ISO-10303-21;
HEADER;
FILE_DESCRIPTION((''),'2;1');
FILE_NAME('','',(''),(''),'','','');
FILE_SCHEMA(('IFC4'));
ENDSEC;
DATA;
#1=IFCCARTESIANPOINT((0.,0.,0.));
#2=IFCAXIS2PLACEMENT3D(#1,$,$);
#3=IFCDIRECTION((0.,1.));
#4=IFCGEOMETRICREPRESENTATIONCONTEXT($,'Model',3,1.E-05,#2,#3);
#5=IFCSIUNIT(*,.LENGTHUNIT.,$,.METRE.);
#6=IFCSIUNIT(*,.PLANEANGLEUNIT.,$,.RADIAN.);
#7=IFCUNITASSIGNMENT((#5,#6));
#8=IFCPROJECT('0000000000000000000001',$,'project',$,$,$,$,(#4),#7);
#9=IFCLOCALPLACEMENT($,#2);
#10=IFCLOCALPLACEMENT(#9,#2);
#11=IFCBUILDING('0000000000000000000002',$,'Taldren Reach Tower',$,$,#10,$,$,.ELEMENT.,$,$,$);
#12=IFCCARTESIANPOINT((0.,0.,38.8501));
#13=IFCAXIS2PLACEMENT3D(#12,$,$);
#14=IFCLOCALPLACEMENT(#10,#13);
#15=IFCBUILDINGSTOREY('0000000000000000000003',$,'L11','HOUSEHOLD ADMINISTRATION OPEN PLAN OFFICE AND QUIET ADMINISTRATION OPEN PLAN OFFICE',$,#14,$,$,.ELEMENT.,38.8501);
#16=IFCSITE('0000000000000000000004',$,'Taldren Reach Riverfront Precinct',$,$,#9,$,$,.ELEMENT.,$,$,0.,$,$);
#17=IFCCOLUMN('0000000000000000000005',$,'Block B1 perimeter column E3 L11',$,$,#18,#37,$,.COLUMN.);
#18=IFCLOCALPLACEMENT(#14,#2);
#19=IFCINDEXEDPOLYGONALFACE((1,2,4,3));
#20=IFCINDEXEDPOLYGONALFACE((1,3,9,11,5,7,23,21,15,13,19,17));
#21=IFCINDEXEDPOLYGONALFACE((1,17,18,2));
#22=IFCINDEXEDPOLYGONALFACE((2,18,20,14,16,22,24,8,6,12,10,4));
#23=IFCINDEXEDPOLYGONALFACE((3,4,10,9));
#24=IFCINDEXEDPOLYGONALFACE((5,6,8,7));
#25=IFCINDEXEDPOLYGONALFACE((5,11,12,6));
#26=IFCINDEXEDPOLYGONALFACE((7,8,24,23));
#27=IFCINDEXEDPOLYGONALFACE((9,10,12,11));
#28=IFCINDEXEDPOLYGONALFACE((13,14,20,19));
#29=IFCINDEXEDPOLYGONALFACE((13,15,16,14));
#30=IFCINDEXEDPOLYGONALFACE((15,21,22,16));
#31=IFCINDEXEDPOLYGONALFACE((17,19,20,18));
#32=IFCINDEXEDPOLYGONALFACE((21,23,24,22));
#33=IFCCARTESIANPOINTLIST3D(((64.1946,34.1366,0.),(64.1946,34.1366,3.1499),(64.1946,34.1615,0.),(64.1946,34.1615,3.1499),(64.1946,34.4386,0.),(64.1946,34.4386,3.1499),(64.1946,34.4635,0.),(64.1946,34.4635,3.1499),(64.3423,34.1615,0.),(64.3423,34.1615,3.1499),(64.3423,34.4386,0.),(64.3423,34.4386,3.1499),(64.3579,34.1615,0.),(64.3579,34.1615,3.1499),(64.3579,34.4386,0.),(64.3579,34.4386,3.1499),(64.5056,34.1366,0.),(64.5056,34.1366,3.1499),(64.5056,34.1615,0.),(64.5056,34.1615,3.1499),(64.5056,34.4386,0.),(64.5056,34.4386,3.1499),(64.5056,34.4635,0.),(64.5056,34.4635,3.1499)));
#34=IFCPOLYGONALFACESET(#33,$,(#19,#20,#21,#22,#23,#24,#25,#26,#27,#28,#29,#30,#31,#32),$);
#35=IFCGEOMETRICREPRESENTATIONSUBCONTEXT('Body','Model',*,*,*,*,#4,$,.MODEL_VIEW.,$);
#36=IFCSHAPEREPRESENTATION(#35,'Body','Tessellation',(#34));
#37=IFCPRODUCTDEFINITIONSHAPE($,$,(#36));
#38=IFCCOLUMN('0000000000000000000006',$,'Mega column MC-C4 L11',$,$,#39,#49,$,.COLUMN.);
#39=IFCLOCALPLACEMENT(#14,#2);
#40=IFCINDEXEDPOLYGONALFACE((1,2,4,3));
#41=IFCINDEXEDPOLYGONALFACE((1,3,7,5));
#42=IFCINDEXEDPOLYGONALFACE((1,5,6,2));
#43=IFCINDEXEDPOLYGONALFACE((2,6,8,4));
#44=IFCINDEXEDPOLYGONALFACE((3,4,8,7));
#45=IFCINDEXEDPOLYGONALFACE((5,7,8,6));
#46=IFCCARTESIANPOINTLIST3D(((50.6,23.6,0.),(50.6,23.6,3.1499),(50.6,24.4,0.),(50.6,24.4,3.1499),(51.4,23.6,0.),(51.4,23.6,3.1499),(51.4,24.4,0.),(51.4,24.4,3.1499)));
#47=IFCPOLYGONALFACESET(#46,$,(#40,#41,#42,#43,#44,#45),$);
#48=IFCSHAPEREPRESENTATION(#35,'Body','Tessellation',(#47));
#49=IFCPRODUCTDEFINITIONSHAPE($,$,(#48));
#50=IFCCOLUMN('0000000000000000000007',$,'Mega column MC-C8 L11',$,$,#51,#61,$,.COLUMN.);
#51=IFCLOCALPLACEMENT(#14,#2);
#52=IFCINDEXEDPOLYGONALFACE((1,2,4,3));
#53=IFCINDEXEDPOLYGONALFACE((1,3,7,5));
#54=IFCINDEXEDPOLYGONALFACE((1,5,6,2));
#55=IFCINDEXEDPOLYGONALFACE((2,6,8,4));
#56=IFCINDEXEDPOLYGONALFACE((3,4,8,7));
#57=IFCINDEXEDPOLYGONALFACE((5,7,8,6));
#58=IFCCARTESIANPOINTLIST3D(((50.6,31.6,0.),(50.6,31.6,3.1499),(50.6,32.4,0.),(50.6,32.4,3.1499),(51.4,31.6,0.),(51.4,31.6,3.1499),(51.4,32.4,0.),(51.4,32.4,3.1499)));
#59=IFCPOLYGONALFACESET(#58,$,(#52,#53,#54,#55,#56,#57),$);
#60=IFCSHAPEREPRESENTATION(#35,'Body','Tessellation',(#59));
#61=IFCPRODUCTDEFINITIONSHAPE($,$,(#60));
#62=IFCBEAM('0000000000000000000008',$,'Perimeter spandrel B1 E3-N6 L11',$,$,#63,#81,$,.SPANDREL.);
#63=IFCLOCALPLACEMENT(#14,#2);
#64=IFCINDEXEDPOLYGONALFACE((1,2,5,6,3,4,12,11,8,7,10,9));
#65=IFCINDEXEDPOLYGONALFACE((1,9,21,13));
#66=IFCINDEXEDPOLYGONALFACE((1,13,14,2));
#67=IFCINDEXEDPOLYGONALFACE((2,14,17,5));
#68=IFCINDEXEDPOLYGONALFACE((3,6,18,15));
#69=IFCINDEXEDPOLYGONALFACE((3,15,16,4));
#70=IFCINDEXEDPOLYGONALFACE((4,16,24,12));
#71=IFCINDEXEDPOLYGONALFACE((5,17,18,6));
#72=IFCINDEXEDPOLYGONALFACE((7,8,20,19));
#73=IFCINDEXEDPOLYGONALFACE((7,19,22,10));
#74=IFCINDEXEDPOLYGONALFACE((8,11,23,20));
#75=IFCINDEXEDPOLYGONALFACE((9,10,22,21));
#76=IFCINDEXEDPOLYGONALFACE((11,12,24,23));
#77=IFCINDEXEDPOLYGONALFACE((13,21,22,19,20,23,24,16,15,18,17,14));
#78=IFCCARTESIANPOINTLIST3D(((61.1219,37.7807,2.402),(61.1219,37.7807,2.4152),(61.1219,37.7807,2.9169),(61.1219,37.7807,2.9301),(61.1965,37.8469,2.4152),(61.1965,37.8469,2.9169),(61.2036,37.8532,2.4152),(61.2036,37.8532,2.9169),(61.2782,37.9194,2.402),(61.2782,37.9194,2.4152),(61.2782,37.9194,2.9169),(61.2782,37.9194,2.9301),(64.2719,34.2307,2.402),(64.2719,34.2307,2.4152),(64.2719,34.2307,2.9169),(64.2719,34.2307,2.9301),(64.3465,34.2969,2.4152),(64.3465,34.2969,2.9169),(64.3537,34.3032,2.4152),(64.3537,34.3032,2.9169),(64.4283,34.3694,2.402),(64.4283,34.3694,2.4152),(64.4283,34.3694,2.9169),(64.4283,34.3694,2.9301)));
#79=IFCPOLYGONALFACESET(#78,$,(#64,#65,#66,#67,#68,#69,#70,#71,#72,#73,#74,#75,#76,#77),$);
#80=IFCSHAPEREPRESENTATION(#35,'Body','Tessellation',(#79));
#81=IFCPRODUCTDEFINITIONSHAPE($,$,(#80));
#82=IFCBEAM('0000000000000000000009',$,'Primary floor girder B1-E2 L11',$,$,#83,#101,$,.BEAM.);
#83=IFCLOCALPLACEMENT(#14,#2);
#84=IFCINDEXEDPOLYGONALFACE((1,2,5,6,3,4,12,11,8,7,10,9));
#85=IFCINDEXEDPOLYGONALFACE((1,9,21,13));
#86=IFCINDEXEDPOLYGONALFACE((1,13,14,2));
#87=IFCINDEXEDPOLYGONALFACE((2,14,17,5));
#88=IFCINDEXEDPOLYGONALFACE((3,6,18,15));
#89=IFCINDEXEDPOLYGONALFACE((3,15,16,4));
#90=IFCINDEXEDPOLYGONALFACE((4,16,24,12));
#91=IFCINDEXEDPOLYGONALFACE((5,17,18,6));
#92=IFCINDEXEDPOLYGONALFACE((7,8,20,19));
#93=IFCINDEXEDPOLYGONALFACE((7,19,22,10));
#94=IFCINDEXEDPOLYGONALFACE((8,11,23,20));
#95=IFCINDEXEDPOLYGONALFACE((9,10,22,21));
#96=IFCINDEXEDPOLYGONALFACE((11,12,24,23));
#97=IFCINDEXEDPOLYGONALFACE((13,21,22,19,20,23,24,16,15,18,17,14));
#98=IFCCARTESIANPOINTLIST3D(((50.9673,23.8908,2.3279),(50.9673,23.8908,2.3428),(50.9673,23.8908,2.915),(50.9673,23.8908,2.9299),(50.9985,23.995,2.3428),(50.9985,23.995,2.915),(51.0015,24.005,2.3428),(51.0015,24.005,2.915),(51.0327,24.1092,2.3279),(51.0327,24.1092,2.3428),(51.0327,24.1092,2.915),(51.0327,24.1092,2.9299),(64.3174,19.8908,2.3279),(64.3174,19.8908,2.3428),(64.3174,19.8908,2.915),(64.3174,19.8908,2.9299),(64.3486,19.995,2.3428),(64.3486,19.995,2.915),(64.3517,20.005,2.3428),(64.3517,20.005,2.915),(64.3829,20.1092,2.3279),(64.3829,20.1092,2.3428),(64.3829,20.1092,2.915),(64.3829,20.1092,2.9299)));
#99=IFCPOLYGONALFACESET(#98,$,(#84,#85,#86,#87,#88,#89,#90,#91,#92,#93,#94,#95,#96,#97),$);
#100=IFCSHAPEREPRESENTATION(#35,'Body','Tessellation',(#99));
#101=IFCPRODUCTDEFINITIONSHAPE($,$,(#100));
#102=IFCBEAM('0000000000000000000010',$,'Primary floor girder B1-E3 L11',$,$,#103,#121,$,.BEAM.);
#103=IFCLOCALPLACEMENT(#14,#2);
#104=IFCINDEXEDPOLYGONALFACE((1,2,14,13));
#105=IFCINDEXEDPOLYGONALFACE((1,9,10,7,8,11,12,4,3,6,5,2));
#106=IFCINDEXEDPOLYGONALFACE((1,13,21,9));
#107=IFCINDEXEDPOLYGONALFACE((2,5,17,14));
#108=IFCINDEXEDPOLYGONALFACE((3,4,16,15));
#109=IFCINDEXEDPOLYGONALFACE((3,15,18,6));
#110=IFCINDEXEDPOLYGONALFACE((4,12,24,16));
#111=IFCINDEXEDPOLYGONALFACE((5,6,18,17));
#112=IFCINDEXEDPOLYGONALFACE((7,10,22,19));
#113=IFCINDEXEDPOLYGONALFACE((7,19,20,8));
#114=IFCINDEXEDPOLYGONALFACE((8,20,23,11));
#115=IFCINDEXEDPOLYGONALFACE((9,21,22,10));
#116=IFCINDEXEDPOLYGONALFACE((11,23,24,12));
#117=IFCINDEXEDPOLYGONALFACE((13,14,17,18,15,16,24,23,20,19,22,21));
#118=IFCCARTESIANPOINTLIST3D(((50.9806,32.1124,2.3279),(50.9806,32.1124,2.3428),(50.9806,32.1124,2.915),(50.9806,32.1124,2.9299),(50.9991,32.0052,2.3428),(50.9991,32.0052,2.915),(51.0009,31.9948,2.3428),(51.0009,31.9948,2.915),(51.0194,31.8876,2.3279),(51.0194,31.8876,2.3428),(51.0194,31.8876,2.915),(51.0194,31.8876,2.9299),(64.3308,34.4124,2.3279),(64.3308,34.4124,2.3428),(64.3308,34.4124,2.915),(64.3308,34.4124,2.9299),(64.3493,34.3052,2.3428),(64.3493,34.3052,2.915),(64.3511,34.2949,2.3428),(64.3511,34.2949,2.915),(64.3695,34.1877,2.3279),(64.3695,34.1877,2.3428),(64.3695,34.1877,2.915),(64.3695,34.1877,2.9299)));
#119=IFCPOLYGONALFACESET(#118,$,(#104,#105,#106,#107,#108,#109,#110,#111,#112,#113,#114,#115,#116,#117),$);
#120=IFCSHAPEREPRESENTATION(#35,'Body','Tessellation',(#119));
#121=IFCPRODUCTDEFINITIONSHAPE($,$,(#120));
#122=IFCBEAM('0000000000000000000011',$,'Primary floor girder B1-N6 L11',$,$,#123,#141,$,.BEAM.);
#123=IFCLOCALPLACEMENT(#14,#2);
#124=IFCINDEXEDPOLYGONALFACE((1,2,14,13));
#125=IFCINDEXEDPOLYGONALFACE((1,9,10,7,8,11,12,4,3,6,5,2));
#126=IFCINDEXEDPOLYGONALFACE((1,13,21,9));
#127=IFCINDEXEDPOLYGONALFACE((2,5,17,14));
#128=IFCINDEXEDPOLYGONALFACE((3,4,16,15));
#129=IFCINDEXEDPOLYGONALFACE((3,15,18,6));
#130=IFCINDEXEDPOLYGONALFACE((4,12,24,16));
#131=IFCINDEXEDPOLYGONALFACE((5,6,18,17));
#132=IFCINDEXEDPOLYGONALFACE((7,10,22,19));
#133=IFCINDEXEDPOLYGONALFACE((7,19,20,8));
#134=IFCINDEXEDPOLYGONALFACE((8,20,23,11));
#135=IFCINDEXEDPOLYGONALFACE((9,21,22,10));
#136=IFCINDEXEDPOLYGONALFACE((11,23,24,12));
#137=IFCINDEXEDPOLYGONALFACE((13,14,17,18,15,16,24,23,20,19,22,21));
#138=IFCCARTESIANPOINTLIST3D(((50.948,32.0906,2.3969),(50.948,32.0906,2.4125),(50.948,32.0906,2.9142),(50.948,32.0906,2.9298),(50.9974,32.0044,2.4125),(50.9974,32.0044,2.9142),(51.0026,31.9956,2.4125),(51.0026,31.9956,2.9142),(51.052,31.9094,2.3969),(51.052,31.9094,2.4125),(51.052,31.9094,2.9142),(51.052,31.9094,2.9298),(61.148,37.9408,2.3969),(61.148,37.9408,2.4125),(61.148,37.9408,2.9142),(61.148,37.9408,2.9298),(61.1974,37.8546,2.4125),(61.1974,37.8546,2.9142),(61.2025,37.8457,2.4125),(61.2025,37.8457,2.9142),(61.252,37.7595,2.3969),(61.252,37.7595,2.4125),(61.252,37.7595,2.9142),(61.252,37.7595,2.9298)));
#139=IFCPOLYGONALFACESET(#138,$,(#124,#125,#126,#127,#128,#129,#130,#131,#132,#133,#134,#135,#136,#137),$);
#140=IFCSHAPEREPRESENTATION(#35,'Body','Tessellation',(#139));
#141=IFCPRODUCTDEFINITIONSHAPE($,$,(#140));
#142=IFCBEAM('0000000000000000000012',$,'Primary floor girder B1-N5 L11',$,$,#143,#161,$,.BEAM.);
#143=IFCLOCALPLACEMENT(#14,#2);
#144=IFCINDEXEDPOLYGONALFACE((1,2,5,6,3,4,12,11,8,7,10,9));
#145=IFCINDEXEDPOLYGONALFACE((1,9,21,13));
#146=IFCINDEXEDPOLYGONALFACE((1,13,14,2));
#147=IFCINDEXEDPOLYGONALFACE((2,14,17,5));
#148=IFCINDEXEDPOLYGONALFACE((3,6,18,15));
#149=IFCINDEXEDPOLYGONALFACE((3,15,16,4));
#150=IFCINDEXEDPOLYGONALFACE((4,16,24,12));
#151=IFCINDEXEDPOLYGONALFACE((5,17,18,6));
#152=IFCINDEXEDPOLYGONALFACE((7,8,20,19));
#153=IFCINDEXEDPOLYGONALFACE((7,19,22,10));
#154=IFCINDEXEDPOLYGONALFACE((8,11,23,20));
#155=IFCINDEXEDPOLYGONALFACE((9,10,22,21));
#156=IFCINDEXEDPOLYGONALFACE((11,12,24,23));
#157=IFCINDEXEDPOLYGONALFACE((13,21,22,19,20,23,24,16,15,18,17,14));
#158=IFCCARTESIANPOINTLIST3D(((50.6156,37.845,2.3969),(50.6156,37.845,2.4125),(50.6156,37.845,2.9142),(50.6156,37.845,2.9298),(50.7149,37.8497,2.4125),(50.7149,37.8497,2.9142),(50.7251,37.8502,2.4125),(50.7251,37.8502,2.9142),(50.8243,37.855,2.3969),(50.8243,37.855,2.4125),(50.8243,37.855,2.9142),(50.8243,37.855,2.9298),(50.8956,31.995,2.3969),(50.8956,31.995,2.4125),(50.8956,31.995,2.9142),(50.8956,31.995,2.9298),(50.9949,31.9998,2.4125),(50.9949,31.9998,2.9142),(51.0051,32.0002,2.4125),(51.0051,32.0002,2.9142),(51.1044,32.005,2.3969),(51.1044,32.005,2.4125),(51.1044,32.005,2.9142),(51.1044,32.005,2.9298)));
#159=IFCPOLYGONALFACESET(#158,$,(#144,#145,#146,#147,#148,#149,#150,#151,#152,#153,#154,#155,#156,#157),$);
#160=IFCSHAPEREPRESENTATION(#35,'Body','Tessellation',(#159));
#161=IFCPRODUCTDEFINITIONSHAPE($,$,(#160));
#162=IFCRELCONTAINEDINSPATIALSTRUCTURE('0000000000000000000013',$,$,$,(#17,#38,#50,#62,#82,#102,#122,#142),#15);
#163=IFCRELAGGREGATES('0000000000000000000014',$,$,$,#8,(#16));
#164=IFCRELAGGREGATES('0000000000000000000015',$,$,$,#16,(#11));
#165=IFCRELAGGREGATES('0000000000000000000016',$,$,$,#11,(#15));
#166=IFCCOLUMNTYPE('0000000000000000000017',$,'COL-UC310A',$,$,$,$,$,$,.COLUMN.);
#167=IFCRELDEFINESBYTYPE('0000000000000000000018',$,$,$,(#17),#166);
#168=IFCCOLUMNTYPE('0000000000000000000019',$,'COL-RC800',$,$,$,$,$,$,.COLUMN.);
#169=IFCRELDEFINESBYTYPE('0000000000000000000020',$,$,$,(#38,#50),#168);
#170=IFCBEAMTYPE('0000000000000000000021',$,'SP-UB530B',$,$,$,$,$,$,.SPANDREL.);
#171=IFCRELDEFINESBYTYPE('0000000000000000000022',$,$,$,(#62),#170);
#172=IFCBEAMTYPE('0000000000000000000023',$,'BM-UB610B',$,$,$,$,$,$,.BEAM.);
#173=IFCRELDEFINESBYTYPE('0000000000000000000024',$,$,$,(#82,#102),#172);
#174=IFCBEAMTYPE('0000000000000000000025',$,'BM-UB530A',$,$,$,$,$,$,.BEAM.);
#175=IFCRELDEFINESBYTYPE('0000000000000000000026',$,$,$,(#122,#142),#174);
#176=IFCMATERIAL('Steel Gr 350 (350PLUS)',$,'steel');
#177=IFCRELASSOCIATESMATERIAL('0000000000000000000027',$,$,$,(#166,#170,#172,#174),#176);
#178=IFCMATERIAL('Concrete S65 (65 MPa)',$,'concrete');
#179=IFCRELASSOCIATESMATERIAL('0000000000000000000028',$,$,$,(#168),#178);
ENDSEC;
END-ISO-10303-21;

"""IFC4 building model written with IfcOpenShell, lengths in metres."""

from ifc_helpers import new_model, si_unit, direction, frame, origin, origin_2d, place, context, subcontext, project, spatial, rectangle, i_section, extrude, source, transform, mapped, material, material_profile, profile_set, type_object, element, save


model = new_model("IFC4")

# Units and contexts
model_context = context("Model", 3, precision=1e-05, world=origin(), true_north=direction((0.0, 1.0)))
body_context = subcontext(model_context, "Body", "Model", "MODEL_VIEW")
ifc_project = project(units=[si_unit("LENGTHUNIT", "METRE"), si_unit("PLANEANGLEUNIT", "RADIAN")], contexts=[model_context])

# Site, building, storey
site_placement = place(None, origin())
site = spatial("IfcSite", under=ifc_project, at=site_placement, Name="Taldren Reach Riverfront Precinct", CompositionType="ELEMENT", RefElevation=0.0)
building_placement = place(site_placement, origin())
building = spatial("IfcBuilding", under=site, at=building_placement, Name="Taldren Reach Tower", CompositionType="ELEMENT")
storey_placement = place(building_placement, frame((0.0, 0.0, 38.8501)))
storey = spatial("IfcBuildingStorey", under=building, at=storey_placement, Name="L11", Description="HOUSEHOLD ADMINISTRATION OPEN PLAN OFFICE AND QUIET ADMINISTRATION OPEN PLAN OFFICE", CompositionType="ELEMENT", Elevation=38.8501)

# Columns
ifc_material_1 = material(Name="Steel Gr 350 (350PLUS)", Category="steel")
ifc_material_profile_1 = material_profile(ifc_material_1, i_section(OverallWidth=0.311, OverallDepth=0.3269, WebThickness=0.0156, FlangeThickness=0.0249, at=origin_2d()), Name="310UC158")
ifc_profile_set_1 = profile_set([ifc_material_profile_1], Name="Steel Gr 350 (350PLUS)")
column_type_1 = type_object("IfcColumnType", Name="COL-UC310A", PredefinedType="COLUMN", material=ifc_profile_set_1)
shared_shape_1 = source(origin(), body_context, "Body", "SweptSolid", [
    extrude(i_section(OverallWidth=0.311, OverallDepth=0.3269, WebThickness=0.0156, FlangeThickness=0.0249, at=origin_2d()), origin(), (0.0, 0.0, 1.0), 3.1499),
])
column_placement = place(storey_placement, frame((64.3501, 34.3, 0.0), z_axis=(0.0, 0.0, 1.0), x_axis=(1.0, 0.0, 0.0)))
element("IfcColumn", 1, at=column_placement, inside=storey, type_object=column_type_1, Name="Block B1 perimeter column E3 L11", PredefinedType="COLUMN", context=body_context, shape_type="MappedRepresentation", body=[
    mapped(shared_shape_1, transform((0.0, 0.0, 0.0), scale=1.0)),
])
ifc_material_2 = material(Name="Concrete S65 (65 MPa)", Category="concrete")
ifc_material_profile_2 = material_profile(ifc_material_2, rectangle(XDim=0.8, YDim=0.8, at=origin_2d()), Name="RC-800x800")
ifc_profile_set_2 = profile_set([ifc_material_profile_2], Name="Concrete S65 (65 MPa)")
column_type_2 = type_object("IfcColumnType", Name="COL-RC800", PredefinedType="COLUMN", material=ifc_profile_set_2)
shared_shape_2 = source(origin(), body_context, "Body", "SweptSolid", [
    extrude(rectangle(XDim=0.8, YDim=0.8, at=origin_2d()), origin(), (0.0, 0.0, 1.0), 3.1499),
])
for number, where, z_axis, x_axis, name in (
    (2, (51.0, 24.0, 0.0), (0.0, 0.0, 1.0), (1.0, 0.0, 0.0), "Mega column MC-C4 L11"),
    (3, (51.0, 32.0, 0.0), (0.0, 0.0, 1.0), (1.0, 0.0, 0.0), "Mega column MC-C8 L11"),
):
    element("IfcColumn", number, at=place(storey_placement, frame(where, z_axis=z_axis, x_axis=x_axis)), inside=storey, type_object=column_type_2, Name=name, PredefinedType="COLUMN", context=body_context, shape_type="MappedRepresentation", body=[
        mapped(shared_shape_2, transform((0.0, 0.0, 0.0), scale=1.0)),
    ])

# Beams
ifc_material_profile_3 = material_profile(ifc_material_1, i_section(OverallWidth=0.209, OverallDepth=0.5281, WebThickness=0.0095, FlangeThickness=0.0132, at=origin_2d()), Name="530UB82.0")
ifc_profile_set_3 = profile_set([ifc_material_profile_3], Name="Steel Gr 350 (350PLUS)")
beam_type_1 = type_object("IfcBeamType", Name="SP-UB530B", PredefinedType="SPANDREL", material=ifc_profile_set_3)
shared_shape_3 = source(origin(), body_context, "Body", "SweptSolid", [
    extrude(i_section(OverallWidth=0.209, OverallDepth=0.5281, WebThickness=0.0095, FlangeThickness=0.0132, at=origin_2d()), origin(), (0.0, 0.0, 1.0), 4.7461),
])
beam_1_placement = place(storey_placement, frame((64.3501, 34.3, 2.666), z_axis=(-0.663722, 0.747979, 0.0), x_axis=(-0.747979, -0.663722, 0.0)))
element("IfcBeam", 4, at=beam_1_placement, inside=storey, type_object=beam_type_1, Name="Perimeter spandrel B1 E3-N6 L11", PredefinedType="SPANDREL", context=body_context, shape_type="MappedRepresentation", body=[
    mapped(shared_shape_3, transform((0.0, 0.0, 0.0), scale=1.0)),
])
ifc_material_profile_4 = material_profile(ifc_material_1, i_section(OverallWidth=0.228, OverallDepth=0.6021, WebThickness=0.0105, FlangeThickness=0.0149, at=origin_2d()), Name="610UB101")
ifc_profile_set_4 = profile_set([ifc_material_profile_4], Name="Steel Gr 350 (350PLUS)")
beam_type_2 = type_object("IfcBeamType", Name="BM-UB610B", PredefinedType="BEAM", material=ifc_profile_set_4)
shared_shape_4 = source(origin(), body_context, "Body", "SweptSolid", [
    extrude(i_section(OverallWidth=0.228, OverallDepth=0.6021, WebThickness=0.0105, FlangeThickness=0.0149, at=origin_2d()), origin(), (0.0, 0.0, 1.0), 13.9365),
])
beam_2_placement = place(storey_placement, frame((51.0, 24.0, 2.6289), z_axis=(0.957926, -0.287017, 0.0), x_axis=(0.287017, 0.957926, 0.0)))
element("IfcBeam", 5, at=beam_2_placement, inside=storey, type_object=beam_type_2, Name="Primary floor girder B1-E2 L11", PredefinedType="BEAM", context=body_context, shape_type="MappedRepresentation", body=[
    mapped(shared_shape_4, transform((0.0, 0.0, 0.0), scale=1.0)),
])
shared_shape_5 = source(origin(), body_context, "Body", "SweptSolid", [
    extrude(i_section(OverallWidth=0.228, OverallDepth=0.6021, WebThickness=0.0105, FlangeThickness=0.0149, at=origin_2d()), origin(), (0.0, 0.0, 1.0), 13.5469),
])
beam_3_placement = place(storey_placement, frame((51.0, 32.0, 2.6289), z_axis=(0.985481, 0.169786, 0.0), x_axis=(-0.169786, 0.985481, 0.0)))
element("IfcBeam", 6, at=beam_3_placement, inside=storey, type_object=beam_type_2, Name="Primary floor girder B1-E3 L11", PredefinedType="BEAM", context=body_context, shape_type="MappedRepresentation", body=[
    mapped(shared_shape_5, transform((0.0, 0.0, 0.0), scale=1.0)),
])
ifc_material_profile_5 = material_profile(ifc_material_1, i_section(OverallWidth=0.209, OverallDepth=0.533, WebThickness=0.0103, FlangeThickness=0.0156, at=origin_2d()), Name="530UB92.4")
ifc_profile_set_5 = profile_set([ifc_material_profile_5], Name="Steel Gr 350 (350PLUS)")
beam_type_3 = type_object("IfcBeamType", Name="BM-UB530A", PredefinedType="BEAM", material=ifc_profile_set_5)
shared_shape_6 = source(origin(), body_context, "Body", "SweptSolid", [
    extrude(i_section(OverallWidth=0.209, OverallDepth=0.533, WebThickness=0.0103, FlangeThickness=0.0156, at=origin_2d()), origin(), (0.0, 0.0, 1.0), 11.7585),
])
beam_4_placement = place(storey_placement, frame((51.0, 32.0, 2.6633), z_axis=(0.867452, 0.49752, 0.0), x_axis=(-0.49752, 0.867452, 0.0)))
element("IfcBeam", 7, at=beam_4_placement, inside=storey, type_object=beam_type_3, Name="Primary floor girder B1-N6 L11", PredefinedType="BEAM", context=body_context, shape_type="MappedRepresentation", body=[
    mapped(shared_shape_6, transform((0.0, 0.0, 0.0), scale=1.0)),
])
shared_shape_7 = source(origin(), body_context, "Body", "SweptSolid", [
    extrude(i_section(OverallWidth=0.209, OverallDepth=0.533, WebThickness=0.0103, FlangeThickness=0.0156, at=origin_2d()), origin(), (0.0, 0.0, 1.0), 5.8567),
])
beam_5_placement = place(storey_placement, frame((51.0, 32.0, 2.6633), z_axis=(-0.047813, 0.998856, 0.0), x_axis=(-0.998856, -0.047813, 0.0)))
element("IfcBeam", 8, at=beam_5_placement, inside=storey, type_object=beam_type_3, Name="Primary floor girder B1-N5 L11", PredefinedType="BEAM", context=body_context, shape_type="MappedRepresentation", body=[
    mapped(shared_shape_7, transform((0.0, 0.0, 0.0), scale=1.0)),
])

save(model, "model.ifc")
